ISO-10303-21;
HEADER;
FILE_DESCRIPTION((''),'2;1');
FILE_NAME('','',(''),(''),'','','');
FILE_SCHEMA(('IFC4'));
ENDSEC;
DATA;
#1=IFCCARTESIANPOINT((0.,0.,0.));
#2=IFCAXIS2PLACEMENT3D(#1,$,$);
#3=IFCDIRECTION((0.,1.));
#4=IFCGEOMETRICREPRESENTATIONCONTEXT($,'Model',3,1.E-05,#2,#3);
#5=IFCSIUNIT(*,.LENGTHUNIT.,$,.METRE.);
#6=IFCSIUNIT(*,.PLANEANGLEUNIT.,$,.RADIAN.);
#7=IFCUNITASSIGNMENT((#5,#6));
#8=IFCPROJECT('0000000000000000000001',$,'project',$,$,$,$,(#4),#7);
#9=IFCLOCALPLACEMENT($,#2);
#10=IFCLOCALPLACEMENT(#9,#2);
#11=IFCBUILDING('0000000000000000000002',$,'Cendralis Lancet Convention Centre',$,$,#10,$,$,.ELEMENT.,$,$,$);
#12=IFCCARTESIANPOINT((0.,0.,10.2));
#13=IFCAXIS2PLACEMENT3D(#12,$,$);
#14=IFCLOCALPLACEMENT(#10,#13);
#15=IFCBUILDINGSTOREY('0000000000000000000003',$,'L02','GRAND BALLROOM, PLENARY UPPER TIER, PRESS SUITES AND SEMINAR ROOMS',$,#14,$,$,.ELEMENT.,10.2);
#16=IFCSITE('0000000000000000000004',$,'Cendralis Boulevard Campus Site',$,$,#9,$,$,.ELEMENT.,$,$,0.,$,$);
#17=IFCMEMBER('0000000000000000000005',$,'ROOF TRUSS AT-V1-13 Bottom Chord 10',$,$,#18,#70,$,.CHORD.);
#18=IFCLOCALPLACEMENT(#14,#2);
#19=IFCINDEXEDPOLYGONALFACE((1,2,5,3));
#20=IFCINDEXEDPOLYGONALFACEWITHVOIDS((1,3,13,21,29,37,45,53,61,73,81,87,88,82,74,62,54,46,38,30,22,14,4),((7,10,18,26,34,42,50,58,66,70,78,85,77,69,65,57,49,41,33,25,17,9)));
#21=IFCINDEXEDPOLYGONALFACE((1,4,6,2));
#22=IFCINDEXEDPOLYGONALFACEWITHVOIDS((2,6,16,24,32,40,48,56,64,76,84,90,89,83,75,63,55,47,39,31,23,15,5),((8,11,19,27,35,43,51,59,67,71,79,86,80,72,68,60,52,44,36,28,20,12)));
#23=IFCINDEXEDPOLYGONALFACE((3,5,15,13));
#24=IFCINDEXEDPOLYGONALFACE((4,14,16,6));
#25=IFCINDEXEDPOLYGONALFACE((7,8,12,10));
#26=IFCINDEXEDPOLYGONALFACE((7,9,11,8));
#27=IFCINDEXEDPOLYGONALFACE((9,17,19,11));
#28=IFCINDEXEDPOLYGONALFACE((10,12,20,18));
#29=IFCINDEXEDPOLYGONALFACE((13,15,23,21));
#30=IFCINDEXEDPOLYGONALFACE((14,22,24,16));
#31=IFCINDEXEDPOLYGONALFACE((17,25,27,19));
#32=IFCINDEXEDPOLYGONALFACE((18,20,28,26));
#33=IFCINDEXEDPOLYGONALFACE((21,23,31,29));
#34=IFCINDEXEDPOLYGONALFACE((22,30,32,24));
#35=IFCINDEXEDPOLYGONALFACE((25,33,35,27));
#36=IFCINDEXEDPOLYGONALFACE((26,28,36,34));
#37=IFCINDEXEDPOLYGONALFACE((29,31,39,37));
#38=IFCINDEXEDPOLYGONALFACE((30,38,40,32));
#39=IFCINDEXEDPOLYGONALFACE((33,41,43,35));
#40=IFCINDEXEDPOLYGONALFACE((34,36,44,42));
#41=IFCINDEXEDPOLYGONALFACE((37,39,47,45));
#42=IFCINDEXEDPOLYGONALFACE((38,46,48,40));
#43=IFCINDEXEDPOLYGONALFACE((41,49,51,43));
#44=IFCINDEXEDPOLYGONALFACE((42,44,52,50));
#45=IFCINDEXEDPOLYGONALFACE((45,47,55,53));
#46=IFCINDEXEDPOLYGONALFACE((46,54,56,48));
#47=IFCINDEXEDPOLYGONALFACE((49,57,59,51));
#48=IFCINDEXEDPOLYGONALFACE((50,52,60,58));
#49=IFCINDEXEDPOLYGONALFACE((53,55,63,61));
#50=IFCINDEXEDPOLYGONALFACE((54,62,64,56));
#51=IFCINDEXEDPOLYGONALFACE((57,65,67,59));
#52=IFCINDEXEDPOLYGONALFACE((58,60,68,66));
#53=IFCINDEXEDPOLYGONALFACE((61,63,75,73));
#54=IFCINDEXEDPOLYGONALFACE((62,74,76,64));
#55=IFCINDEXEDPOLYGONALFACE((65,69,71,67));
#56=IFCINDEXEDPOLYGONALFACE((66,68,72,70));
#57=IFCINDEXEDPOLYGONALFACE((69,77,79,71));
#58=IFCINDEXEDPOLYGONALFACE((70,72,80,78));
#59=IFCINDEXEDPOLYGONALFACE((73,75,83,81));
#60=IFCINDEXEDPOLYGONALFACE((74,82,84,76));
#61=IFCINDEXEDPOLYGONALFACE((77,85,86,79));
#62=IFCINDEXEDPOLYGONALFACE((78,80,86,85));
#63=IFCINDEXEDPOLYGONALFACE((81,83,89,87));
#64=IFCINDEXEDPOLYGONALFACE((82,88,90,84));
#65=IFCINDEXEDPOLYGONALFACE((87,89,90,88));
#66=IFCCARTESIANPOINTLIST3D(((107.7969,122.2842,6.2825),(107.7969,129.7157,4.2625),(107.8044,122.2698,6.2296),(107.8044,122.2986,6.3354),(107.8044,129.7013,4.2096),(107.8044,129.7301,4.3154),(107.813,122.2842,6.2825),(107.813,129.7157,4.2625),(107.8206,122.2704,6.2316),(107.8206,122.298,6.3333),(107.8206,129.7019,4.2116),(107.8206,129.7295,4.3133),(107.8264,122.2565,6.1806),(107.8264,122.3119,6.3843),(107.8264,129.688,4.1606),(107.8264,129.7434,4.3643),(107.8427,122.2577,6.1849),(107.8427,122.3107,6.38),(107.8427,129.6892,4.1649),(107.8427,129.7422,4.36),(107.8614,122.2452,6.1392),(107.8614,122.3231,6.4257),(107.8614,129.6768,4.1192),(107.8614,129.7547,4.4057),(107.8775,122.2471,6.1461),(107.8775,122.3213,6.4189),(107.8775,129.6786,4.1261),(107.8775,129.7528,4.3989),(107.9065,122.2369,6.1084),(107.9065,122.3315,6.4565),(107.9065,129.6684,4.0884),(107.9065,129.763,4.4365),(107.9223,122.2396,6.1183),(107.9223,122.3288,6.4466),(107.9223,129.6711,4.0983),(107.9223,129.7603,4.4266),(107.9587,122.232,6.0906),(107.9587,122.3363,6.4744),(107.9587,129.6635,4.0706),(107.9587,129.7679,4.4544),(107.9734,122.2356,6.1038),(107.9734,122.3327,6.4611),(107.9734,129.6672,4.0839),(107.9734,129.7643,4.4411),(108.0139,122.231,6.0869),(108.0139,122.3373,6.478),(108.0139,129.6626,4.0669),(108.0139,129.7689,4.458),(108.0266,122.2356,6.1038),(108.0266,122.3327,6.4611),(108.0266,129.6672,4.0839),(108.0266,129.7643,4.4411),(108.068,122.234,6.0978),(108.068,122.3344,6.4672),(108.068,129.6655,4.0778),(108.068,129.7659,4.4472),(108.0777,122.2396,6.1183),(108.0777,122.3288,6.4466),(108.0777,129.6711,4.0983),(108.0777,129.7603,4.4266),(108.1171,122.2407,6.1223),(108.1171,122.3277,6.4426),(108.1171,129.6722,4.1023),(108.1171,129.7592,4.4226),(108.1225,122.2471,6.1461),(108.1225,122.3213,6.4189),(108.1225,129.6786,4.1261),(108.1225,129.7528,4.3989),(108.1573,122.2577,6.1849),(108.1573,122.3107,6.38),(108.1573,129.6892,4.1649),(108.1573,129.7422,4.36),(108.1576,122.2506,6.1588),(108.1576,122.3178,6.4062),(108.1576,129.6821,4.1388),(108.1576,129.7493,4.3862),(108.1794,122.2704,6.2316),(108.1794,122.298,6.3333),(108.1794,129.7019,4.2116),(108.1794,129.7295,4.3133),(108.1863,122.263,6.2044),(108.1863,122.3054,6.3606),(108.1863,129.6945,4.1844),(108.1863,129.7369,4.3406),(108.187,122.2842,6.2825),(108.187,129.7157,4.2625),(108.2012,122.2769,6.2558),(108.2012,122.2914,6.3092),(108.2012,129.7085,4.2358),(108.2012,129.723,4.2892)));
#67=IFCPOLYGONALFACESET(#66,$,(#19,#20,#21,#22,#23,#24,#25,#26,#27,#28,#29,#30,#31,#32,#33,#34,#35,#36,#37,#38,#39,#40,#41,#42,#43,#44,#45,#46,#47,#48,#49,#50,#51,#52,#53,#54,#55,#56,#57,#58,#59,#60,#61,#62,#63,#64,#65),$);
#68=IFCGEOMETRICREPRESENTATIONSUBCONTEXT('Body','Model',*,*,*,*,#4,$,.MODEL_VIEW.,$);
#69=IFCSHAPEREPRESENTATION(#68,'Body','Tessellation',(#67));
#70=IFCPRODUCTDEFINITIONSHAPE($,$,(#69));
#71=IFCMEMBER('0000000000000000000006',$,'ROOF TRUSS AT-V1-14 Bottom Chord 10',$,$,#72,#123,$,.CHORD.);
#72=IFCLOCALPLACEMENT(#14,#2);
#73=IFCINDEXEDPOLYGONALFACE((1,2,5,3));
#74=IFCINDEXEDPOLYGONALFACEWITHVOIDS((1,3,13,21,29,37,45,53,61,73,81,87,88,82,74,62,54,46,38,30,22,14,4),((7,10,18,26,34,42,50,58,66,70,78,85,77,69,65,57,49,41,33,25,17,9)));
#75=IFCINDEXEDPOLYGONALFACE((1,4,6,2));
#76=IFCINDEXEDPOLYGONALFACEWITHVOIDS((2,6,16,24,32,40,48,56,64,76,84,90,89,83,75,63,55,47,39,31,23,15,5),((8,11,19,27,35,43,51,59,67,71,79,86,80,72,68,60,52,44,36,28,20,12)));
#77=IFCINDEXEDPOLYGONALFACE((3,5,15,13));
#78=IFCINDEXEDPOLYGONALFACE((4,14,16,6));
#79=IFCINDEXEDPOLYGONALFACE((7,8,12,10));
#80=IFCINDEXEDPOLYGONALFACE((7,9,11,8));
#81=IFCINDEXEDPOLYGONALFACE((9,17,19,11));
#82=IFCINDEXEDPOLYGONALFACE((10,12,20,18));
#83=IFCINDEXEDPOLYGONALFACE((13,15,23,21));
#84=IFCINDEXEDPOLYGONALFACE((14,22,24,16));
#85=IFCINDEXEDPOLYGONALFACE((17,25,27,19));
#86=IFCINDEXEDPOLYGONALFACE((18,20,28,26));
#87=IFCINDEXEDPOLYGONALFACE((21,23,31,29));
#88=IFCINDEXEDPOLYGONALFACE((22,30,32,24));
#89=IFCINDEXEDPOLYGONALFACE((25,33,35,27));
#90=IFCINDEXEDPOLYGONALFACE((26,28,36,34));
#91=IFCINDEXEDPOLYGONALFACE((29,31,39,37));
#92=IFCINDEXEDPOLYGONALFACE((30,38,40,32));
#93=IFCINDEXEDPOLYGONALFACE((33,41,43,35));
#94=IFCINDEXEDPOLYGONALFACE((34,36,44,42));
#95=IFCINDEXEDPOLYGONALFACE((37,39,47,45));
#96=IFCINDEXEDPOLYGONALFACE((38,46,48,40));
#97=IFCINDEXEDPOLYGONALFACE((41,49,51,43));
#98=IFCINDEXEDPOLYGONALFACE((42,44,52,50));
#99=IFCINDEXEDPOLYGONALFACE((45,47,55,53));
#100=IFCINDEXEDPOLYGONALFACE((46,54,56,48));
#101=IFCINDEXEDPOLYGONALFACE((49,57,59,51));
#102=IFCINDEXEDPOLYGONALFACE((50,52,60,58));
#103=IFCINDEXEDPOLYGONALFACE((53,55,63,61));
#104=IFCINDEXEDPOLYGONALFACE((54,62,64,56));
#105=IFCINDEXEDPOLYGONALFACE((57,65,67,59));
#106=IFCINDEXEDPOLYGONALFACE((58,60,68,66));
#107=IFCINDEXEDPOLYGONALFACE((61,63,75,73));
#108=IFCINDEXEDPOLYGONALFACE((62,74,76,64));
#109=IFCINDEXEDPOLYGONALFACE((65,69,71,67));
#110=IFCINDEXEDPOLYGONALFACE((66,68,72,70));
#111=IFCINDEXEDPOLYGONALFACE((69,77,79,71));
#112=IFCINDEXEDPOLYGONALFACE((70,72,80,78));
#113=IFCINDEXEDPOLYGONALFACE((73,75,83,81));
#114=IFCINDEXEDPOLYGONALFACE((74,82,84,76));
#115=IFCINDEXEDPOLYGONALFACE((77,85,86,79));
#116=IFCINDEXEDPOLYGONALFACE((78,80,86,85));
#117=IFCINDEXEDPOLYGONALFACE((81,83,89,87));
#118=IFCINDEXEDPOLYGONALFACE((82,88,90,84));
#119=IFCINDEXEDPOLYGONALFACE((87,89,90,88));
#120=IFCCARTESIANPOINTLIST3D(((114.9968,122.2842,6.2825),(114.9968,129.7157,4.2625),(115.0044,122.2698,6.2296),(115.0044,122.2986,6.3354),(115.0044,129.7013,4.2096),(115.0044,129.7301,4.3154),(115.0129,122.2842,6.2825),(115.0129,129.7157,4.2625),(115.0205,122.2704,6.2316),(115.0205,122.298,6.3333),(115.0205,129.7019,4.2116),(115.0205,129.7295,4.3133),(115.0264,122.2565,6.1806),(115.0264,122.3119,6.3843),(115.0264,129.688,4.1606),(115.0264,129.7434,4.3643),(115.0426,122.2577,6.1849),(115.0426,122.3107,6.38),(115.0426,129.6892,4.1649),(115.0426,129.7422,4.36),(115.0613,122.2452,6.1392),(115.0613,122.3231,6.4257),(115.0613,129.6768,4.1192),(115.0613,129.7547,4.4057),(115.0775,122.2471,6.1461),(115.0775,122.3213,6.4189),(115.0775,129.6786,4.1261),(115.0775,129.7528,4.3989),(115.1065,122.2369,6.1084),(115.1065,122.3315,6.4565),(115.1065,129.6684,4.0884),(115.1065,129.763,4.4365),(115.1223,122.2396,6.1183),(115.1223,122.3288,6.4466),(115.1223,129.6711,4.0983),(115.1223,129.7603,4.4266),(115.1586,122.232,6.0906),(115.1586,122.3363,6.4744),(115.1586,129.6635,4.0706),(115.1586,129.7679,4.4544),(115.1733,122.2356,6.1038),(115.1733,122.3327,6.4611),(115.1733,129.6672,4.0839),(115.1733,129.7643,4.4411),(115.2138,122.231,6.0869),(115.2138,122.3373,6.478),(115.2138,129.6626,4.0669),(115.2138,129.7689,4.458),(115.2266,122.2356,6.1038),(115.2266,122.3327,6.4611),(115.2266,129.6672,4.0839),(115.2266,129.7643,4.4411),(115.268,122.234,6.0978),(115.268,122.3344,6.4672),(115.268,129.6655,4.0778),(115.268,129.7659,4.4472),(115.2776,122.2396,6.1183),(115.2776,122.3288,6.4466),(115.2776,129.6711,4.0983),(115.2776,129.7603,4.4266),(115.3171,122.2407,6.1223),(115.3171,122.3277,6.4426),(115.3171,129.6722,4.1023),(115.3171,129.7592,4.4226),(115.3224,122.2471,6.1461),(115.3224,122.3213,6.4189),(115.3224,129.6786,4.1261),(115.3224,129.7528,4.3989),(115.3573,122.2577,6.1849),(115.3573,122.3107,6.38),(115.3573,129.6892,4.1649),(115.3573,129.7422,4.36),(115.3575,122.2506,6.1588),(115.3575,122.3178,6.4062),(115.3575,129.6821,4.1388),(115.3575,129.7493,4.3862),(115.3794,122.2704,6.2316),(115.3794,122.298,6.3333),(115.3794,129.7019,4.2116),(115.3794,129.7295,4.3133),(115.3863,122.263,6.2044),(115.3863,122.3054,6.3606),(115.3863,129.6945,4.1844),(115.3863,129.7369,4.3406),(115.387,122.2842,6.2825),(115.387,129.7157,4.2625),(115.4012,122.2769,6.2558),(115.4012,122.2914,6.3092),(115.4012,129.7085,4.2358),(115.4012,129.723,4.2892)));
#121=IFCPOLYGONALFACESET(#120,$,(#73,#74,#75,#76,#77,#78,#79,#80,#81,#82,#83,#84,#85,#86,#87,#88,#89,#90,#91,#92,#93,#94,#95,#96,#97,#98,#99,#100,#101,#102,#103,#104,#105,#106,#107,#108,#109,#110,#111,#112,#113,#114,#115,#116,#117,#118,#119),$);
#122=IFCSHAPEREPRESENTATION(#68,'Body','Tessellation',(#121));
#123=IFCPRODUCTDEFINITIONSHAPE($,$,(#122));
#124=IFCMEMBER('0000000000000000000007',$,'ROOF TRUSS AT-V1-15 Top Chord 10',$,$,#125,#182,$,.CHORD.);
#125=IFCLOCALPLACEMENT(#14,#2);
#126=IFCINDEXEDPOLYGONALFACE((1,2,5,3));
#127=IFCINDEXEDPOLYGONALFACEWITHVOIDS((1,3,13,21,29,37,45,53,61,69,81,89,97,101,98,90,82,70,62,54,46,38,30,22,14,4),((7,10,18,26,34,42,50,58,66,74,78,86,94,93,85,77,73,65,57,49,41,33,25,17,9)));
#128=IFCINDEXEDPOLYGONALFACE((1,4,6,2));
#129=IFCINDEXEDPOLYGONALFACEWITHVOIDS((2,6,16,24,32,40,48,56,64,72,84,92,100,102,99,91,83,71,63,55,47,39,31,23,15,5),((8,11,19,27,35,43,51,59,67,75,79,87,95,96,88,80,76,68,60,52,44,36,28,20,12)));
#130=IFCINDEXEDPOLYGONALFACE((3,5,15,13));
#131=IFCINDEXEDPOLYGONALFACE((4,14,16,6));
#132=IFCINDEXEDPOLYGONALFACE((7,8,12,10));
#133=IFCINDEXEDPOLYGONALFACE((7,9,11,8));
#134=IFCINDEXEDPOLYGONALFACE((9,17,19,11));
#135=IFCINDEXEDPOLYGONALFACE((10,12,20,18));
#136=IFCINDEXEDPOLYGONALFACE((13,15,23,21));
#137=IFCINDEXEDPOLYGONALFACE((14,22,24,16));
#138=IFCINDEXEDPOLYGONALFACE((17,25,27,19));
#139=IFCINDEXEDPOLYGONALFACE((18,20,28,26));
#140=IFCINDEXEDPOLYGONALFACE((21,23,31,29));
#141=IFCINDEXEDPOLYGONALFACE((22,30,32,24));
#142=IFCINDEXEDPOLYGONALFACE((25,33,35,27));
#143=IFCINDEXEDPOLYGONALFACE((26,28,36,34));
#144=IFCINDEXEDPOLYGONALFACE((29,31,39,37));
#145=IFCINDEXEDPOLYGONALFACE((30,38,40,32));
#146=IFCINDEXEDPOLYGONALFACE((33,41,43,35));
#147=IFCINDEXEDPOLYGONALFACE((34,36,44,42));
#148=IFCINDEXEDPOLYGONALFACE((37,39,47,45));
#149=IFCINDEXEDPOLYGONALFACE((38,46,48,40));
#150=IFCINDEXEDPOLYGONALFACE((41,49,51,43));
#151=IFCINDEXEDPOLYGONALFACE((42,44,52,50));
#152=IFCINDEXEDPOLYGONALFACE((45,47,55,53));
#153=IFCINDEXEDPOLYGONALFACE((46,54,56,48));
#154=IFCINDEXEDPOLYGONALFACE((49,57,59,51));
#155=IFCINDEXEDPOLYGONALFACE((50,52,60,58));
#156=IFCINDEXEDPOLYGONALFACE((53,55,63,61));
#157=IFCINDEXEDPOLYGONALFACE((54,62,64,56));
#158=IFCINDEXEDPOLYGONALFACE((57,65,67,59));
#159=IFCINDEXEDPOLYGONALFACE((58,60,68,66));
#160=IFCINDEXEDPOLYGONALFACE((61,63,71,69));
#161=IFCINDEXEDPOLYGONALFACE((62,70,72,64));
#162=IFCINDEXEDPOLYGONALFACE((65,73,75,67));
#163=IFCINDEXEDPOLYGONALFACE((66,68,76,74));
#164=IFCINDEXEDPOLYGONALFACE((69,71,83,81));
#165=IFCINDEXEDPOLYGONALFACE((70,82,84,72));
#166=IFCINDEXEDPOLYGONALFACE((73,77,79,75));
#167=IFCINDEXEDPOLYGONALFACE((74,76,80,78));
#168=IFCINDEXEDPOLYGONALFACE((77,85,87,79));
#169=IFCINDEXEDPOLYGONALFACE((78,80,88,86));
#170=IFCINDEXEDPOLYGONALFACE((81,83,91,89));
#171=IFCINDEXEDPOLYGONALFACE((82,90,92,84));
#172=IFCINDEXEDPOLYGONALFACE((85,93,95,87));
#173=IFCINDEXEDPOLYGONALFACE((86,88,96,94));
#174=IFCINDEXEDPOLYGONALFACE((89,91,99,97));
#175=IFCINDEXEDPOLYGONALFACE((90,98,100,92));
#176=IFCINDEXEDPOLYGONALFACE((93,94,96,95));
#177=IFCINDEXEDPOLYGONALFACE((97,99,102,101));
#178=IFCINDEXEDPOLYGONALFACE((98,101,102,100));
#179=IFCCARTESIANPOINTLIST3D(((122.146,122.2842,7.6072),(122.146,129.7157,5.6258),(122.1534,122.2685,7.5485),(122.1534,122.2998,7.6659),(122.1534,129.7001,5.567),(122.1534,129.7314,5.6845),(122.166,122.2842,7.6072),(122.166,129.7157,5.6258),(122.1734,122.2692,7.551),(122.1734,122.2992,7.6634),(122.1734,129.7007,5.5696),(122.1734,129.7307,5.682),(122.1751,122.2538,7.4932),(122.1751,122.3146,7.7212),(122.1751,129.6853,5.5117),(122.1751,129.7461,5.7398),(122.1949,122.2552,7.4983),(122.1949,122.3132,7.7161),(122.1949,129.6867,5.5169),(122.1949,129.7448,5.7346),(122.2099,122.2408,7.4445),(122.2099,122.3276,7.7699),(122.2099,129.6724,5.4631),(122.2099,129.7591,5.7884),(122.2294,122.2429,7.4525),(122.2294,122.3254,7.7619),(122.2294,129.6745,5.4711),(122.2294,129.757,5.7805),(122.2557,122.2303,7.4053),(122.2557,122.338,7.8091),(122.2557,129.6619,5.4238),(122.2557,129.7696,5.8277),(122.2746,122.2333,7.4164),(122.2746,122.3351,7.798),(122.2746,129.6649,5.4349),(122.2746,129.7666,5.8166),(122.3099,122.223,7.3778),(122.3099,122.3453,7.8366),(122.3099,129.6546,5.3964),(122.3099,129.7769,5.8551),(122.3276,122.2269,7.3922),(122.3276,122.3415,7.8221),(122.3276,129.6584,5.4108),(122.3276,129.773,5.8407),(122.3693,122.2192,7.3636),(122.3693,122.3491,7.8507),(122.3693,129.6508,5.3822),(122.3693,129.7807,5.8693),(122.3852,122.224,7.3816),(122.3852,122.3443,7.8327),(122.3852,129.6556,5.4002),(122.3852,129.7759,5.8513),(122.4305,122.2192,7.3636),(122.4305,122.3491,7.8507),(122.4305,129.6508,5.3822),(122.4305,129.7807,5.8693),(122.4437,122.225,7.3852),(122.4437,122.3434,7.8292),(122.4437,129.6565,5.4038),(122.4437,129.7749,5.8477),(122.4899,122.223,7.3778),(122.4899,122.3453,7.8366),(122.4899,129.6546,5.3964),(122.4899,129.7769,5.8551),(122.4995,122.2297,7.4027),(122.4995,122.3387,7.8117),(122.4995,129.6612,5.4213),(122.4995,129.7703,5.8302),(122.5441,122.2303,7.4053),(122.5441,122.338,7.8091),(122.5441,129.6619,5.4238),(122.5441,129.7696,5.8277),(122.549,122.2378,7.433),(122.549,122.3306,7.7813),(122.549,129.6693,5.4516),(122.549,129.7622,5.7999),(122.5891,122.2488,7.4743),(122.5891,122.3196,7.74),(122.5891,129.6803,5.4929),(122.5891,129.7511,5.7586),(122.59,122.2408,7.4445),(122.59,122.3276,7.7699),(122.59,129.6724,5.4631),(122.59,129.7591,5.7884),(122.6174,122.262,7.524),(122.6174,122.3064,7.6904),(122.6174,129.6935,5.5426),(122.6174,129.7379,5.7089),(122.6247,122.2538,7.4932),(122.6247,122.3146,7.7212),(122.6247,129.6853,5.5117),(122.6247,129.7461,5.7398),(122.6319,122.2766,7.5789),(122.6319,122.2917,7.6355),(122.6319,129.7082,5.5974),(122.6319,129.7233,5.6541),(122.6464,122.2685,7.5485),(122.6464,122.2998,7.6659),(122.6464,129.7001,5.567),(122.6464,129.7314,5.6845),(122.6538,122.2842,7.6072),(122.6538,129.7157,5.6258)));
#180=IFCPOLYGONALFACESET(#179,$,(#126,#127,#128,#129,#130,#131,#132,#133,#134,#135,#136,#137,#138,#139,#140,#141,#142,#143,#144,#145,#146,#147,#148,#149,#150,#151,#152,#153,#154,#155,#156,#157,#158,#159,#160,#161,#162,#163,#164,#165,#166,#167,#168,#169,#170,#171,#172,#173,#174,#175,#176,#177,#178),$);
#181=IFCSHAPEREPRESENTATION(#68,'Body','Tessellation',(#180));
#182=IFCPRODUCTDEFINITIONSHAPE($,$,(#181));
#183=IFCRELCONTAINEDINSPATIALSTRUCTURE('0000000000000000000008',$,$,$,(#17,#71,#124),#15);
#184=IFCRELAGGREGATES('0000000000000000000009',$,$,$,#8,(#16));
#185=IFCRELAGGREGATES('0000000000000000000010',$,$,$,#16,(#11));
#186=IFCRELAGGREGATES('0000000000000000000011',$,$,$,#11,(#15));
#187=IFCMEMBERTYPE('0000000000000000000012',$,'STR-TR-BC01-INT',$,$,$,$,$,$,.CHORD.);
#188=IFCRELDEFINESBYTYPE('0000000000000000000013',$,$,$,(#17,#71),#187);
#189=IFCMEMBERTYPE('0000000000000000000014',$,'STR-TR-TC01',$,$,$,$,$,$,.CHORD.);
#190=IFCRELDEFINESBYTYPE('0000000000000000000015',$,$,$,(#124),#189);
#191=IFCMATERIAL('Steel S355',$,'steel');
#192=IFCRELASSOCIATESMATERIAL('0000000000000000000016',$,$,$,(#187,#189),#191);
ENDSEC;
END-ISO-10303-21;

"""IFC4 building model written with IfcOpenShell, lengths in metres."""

from ifc_helpers import new_model, si_unit, direction, frame, origin, origin_2d, place, context, subcontext, project, spatial, hollow_circle, extrude, material, material_profile, profile_set, type_object, element, save


model = new_model("IFC4")

# Units and contexts
model_context = context("Model", 3, precision=1e-05, world=origin(), true_north=direction((0.0, 1.0)))
body_context = subcontext(model_context, "Body", "Model", "MODEL_VIEW")
ifc_project = project(units=[si_unit("LENGTHUNIT", "METRE"), si_unit("PLANEANGLEUNIT", "RADIAN")], contexts=[model_context])

# Site, building, storey
site_placement = place(None, origin())
site = spatial("IfcSite", under=ifc_project, at=site_placement, Name="Cendralis Boulevard Campus Site", CompositionType="ELEMENT", RefElevation=0.0)
building_placement = place(site_placement, origin())
building = spatial("IfcBuilding", under=site, at=building_placement, Name="Cendralis Lancet Convention Centre", CompositionType="ELEMENT")
storey_placement = place(building_placement, frame((0.0, 0.0, 10.2)))
storey = spatial("IfcBuildingStorey", under=building, at=storey_placement, Name="L02", Description="GRAND BALLROOM, PLENARY UPPER TIER, PRESS SUITES AND SEMINAR ROOMS", CompositionType="ELEMENT", Elevation=10.2)

# Members
ifc_material_1 = material(Name="Steel S355", Category="steel")
ifc_material_profile_1 = material_profile(ifc_material_1, hollow_circle(Radius=0.2031, WallThickness=0.0161, at=origin_2d()), Name="CHS 406.4x16.0")
ifc_profile_set_1 = profile_set([ifc_material_profile_1], Name="Steel S355")
member_type_1 = type_object("IfcMemberType", Name="STR-TR-BC01-INT", PredefinedType="CHORD", material=ifc_profile_set_1)
for number, where, z_axis, x_axis, name in (
    (1, (108.0, 122.2842, 6.2825), (0.0, 0.964987, -0.262296), (-1.0, 0.0, 0.0), "ROOF TRUSS AT-V1-13 Bottom Chord 10"),
    (2, (115.2, 122.2842, 6.2825), (0.0, 0.964987, -0.262296), (-1.0, 0.0, 0.0), "ROOF TRUSS AT-V1-14 Bottom Chord 10"),
):
    element("IfcMember", number, at=place(storey_placement, frame(where, z_axis=z_axis, x_axis=x_axis)), inside=storey, type_object=member_type_1, Name=name, PredefinedType="CHORD", context=body_context, shape_type="SweptSolid", body=[
        extrude(hollow_circle(Radius=0.2031, WallThickness=0.0161, at=origin_2d()), origin(), (0.0, 0.0, 1.0), 7.7012),
    ])
ifc_material_profile_2 = material_profile(ifc_material_1, hollow_circle(Radius=0.2539, WallThickness=0.02, at=origin_2d()), Name="CHS 508.0x20.0")
ifc_profile_set_2 = profile_set([ifc_material_profile_2], Name="Steel S355")
member_type_2 = type_object("IfcMemberType", Name="STR-TR-TC01", PredefinedType="CHORD", material=ifc_profile_set_2)
member_1_placement = place(storey_placement, frame((122.3999, 122.2842, 7.6072), z_axis=(0.0, 0.966245, -0.257623), x_axis=(-1.0, 0.0, 0.0)))
element("IfcMember", 3, at=member_1_placement, inside=storey, type_object=member_type_2, Name="ROOF TRUSS AT-V1-15 Top Chord 10", PredefinedType="CHORD", context=body_context, shape_type="SweptSolid", body=[
    extrude(hollow_circle(Radius=0.2539, WallThickness=0.02, at=origin_2d()), origin(), (0.0, 0.0, 1.0), 7.6912),
])

save(model, "model.ifc")
